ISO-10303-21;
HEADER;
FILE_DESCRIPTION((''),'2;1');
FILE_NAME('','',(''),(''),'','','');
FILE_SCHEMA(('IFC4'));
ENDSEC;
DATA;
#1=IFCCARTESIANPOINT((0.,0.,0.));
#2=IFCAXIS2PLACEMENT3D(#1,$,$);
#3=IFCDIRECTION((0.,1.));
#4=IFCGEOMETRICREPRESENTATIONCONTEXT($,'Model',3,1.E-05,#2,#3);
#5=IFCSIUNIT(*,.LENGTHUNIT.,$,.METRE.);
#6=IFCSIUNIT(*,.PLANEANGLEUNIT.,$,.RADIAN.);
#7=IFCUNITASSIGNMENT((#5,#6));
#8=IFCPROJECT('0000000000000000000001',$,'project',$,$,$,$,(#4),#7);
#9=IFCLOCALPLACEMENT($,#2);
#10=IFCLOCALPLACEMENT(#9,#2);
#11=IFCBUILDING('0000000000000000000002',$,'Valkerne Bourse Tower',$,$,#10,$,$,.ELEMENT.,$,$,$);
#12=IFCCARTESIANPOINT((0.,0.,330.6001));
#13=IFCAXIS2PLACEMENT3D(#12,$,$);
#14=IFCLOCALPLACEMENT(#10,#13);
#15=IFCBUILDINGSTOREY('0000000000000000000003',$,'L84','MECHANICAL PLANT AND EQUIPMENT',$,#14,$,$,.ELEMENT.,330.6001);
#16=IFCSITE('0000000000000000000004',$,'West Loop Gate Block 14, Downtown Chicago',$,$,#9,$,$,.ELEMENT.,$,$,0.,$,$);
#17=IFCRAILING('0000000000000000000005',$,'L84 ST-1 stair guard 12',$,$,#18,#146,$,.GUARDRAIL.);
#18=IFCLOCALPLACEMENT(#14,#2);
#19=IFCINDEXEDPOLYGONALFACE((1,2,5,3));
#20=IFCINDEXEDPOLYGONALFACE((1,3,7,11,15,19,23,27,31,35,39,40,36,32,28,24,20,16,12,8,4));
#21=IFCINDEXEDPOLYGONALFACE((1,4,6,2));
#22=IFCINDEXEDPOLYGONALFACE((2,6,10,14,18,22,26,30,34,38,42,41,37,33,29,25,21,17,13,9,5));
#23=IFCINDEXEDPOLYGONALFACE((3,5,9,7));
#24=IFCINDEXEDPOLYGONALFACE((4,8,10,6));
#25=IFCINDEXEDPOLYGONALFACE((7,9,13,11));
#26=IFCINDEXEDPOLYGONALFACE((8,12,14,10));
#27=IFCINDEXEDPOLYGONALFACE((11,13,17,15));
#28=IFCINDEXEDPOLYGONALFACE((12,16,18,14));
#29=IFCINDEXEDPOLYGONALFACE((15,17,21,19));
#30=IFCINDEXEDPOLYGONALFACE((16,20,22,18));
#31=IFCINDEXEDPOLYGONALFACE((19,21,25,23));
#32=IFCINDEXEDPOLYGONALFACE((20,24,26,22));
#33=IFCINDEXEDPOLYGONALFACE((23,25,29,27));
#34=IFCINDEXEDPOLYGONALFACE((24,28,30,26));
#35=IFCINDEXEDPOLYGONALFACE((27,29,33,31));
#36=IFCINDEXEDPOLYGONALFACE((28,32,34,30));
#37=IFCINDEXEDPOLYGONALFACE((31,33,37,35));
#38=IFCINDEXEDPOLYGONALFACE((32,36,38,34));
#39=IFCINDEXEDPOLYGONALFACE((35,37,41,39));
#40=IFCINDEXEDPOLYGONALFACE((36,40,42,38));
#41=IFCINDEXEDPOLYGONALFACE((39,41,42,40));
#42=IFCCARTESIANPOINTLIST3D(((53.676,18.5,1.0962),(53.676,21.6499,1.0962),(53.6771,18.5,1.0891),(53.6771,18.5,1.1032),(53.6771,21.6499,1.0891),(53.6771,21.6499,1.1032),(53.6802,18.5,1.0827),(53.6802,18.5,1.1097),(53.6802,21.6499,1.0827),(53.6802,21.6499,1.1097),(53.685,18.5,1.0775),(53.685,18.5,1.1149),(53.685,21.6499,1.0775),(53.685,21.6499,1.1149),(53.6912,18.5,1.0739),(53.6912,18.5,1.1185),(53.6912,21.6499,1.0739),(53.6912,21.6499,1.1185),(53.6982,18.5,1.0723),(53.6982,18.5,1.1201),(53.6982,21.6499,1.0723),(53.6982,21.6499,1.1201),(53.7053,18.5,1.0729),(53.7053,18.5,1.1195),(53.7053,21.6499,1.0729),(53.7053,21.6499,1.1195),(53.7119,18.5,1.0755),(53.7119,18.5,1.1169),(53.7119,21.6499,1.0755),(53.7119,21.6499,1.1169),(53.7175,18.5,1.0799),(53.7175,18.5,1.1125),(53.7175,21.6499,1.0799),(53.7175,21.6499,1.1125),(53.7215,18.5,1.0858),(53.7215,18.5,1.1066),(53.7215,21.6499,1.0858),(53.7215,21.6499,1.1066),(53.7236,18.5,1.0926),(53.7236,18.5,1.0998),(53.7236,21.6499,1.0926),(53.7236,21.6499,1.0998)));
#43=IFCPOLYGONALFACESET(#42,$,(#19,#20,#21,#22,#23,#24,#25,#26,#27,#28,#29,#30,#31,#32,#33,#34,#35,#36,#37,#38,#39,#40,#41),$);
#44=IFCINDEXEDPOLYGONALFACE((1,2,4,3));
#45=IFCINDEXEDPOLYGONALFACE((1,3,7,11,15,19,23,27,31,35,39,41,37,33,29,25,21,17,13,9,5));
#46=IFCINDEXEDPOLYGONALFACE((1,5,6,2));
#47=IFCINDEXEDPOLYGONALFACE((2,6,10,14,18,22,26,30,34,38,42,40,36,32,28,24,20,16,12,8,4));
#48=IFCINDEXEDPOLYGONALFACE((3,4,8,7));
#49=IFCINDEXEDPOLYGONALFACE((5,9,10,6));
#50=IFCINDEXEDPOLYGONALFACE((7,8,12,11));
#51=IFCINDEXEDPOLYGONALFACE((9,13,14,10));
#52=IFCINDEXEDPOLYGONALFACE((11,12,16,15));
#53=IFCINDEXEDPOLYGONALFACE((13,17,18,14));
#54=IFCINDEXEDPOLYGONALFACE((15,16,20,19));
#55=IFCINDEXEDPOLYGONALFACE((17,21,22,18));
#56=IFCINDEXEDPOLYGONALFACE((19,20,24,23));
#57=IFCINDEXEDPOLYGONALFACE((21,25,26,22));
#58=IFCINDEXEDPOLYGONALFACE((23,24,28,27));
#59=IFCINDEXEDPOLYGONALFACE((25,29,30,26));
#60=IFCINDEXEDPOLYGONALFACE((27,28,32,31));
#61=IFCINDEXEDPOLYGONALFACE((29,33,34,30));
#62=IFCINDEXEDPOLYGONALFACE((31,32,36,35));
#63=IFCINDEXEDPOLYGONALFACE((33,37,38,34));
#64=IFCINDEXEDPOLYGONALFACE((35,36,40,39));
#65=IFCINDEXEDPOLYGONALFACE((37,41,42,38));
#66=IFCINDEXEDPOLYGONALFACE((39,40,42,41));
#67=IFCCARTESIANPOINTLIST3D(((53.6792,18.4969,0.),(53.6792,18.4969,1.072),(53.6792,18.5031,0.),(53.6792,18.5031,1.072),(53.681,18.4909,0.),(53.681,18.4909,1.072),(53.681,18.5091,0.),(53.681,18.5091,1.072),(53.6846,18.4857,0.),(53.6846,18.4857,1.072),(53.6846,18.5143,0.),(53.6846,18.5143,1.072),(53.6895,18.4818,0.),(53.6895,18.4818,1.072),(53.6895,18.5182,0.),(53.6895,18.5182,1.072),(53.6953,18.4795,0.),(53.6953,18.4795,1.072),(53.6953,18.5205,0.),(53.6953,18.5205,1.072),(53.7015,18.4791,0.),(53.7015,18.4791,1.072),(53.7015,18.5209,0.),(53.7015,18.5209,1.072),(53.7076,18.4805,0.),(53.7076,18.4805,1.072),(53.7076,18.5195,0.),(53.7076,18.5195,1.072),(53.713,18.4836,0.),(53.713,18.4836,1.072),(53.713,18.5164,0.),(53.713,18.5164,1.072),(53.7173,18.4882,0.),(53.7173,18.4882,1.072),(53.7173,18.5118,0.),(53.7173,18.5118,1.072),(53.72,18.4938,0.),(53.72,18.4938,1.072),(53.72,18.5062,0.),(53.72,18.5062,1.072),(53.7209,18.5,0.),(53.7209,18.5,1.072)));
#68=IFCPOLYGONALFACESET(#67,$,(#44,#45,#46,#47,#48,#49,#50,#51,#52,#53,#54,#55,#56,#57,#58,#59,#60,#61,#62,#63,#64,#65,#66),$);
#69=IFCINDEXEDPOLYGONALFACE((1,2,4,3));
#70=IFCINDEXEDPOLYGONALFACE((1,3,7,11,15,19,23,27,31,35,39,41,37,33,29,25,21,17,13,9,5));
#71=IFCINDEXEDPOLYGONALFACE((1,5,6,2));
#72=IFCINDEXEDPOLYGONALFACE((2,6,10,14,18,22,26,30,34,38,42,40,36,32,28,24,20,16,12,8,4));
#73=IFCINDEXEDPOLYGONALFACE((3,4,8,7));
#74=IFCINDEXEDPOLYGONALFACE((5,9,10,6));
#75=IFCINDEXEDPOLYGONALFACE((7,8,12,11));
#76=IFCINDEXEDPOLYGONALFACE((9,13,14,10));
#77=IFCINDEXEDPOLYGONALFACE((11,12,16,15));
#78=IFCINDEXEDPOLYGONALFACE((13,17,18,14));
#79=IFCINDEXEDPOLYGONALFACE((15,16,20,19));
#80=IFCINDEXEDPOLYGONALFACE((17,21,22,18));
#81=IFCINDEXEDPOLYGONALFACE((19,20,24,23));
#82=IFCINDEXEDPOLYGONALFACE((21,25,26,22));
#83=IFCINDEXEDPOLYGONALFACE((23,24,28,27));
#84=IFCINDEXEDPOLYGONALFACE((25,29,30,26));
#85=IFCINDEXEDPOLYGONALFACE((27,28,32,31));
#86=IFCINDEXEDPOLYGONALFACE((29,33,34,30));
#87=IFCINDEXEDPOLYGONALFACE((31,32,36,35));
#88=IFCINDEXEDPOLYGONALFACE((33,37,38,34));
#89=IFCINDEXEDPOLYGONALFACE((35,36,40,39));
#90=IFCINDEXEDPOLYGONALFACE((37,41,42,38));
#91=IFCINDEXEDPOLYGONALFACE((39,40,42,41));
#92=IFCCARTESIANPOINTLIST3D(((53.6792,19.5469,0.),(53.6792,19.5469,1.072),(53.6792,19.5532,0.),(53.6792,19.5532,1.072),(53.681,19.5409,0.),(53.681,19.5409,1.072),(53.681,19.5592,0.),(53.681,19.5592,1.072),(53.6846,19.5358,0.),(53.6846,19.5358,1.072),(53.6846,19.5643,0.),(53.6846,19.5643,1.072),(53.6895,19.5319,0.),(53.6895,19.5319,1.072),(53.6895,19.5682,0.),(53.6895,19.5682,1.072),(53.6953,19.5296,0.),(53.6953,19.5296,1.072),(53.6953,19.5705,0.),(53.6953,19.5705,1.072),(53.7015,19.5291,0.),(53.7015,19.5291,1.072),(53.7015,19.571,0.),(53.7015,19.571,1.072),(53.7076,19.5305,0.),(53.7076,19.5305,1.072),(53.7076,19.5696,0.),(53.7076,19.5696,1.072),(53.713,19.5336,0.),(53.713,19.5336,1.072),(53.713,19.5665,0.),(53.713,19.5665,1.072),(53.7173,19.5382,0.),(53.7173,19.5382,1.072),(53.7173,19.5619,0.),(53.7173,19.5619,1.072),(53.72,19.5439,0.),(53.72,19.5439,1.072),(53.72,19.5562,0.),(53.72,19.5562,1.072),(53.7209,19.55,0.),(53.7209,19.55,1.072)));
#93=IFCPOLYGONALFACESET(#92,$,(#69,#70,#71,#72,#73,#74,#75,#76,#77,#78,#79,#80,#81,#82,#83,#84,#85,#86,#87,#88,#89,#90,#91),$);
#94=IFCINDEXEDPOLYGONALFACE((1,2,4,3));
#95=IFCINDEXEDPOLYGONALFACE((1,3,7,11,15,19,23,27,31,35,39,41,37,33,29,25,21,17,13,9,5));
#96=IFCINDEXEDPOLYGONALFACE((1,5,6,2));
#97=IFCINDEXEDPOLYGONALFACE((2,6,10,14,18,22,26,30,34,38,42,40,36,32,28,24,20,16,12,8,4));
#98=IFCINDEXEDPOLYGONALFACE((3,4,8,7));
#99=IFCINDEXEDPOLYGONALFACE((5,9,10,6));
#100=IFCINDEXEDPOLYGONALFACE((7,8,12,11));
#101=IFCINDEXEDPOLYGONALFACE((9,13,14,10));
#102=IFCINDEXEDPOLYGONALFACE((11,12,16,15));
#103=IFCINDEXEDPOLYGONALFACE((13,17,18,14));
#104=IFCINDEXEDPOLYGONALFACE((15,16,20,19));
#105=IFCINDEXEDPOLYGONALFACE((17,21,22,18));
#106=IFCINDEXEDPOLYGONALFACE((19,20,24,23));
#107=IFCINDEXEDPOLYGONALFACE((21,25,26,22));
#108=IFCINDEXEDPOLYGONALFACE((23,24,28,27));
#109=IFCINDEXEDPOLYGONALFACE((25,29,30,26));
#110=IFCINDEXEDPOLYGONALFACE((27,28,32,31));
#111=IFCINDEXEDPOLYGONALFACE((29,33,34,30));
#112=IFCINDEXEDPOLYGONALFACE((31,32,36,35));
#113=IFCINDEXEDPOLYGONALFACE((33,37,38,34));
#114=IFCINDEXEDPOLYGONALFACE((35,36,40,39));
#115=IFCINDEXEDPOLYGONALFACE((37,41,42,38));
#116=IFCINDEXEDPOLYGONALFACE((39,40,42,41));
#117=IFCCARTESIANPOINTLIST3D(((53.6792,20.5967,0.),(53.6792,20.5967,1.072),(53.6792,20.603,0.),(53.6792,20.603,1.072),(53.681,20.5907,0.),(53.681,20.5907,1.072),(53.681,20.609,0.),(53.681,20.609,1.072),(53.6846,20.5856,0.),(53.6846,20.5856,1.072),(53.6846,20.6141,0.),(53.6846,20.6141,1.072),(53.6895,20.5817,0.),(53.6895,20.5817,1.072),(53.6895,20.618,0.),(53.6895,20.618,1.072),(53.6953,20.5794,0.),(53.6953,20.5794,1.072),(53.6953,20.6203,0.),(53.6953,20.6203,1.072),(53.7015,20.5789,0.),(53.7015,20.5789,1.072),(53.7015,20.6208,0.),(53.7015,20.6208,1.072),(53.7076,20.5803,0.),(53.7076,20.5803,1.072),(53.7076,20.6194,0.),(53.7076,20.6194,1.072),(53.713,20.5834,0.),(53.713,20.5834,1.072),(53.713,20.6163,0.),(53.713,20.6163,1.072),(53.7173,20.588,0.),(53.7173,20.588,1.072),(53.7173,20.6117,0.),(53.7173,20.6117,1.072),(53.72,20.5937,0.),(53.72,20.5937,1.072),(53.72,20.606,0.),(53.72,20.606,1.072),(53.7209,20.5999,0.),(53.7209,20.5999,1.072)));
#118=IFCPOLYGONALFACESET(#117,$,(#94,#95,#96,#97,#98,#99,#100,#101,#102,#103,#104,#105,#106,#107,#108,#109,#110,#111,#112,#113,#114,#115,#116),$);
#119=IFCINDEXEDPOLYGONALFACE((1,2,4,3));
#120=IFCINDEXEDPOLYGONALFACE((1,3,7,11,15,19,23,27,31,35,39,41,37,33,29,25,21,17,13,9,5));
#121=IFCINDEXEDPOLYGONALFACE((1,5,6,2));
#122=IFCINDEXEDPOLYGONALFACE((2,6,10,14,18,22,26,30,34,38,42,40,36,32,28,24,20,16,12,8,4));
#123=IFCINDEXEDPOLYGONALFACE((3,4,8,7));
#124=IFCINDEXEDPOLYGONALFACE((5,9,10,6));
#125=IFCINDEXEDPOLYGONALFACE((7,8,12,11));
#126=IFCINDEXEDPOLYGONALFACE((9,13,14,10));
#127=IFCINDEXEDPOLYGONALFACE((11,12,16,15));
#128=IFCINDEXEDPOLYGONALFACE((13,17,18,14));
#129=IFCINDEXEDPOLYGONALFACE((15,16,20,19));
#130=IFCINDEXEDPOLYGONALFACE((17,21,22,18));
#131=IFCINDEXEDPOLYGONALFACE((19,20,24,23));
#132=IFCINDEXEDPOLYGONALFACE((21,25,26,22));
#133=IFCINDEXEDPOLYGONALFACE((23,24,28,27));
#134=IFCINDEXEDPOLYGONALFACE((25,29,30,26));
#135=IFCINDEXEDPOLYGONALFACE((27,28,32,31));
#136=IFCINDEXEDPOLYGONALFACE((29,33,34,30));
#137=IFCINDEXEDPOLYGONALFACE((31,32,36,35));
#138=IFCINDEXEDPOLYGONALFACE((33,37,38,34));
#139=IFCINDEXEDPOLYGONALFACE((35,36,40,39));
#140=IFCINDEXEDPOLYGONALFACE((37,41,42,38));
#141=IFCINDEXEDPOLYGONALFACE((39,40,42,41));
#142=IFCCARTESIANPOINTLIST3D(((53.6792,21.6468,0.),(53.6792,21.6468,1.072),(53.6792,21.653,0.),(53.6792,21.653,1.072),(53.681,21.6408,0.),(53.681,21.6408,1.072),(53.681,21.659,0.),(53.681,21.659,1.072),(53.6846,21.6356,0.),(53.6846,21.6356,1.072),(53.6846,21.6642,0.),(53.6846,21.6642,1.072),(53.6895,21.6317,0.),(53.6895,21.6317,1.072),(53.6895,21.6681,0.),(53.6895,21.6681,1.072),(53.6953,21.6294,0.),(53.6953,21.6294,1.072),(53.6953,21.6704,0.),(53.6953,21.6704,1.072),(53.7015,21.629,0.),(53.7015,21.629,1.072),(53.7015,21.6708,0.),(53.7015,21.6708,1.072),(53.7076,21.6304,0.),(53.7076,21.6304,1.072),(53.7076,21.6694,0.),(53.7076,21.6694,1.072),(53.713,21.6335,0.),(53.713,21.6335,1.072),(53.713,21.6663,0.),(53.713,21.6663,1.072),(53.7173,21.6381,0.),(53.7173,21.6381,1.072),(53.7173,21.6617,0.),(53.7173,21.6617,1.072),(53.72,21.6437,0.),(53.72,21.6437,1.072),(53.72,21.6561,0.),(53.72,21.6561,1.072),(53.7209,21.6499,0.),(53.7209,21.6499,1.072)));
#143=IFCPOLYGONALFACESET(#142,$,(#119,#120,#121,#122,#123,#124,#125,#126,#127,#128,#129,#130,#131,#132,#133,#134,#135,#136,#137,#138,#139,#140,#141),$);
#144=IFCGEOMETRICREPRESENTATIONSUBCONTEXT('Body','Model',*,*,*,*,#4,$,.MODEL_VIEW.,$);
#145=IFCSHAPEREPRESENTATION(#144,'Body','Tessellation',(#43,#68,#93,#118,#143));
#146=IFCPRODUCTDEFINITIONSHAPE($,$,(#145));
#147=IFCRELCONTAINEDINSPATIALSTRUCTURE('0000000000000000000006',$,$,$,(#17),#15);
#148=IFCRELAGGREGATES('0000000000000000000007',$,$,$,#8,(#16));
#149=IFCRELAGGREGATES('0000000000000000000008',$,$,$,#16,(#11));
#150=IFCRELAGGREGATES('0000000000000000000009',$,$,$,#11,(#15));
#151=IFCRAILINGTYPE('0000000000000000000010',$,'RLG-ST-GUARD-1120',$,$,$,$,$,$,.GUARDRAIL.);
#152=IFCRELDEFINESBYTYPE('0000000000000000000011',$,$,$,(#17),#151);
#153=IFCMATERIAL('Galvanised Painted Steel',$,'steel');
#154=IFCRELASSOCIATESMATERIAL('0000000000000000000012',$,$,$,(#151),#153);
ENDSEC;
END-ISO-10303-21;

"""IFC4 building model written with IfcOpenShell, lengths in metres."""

from ifc_helpers import new_model, si_unit, direction, frame, origin, origin_2d, place, context, subcontext, project, spatial, circle, extrude, material, type_object, element, save


model = new_model("IFC4")

# Units and contexts
model_context = context("Model", 3, precision=1e-05, world=origin(), true_north=direction((0.0, 1.0)))
body_context = subcontext(model_context, "Body", "Model", "MODEL_VIEW")
ifc_project = project(units=[si_unit("LENGTHUNIT", "METRE"), si_unit("PLANEANGLEUNIT", "RADIAN")], contexts=[model_context])

# Site, building, storey
site_placement = place(None, origin())
site = spatial("IfcSite", under=ifc_project, at=site_placement, Name="West Loop Gate Block 14, Downtown Chicago", CompositionType="ELEMENT", RefElevation=0.0)
building_placement = place(site_placement, origin())
building = spatial("IfcBuilding", under=site, at=building_placement, Name="Valkerne Bourse Tower", CompositionType="ELEMENT")
storey_placement = place(building_placement, frame((0.0, 0.0, 330.6001)))
storey = spatial("IfcBuildingStorey", under=building, at=storey_placement, Name="L84", Description="MECHANICAL PLANT AND EQUIPMENT", CompositionType="ELEMENT", Elevation=330.6001)

# Shared definitions
ifc_material_1 = material(Name="Galvanised Painted Steel", Category="steel")

# Railing
railing_type_1 = type_object("IfcRailingType", Name="RLG-ST-GUARD-1120", PredefinedType="GUARDRAIL", material=ifc_material_1)
railing_1_placement = place(storey_placement, frame((53.7, 18.5, 0.0)))
element("IfcRailing", 1, at=railing_1_placement, inside=storey, type_object=railing_type_1, Name="L84 ST-1 stair guard 12", PredefinedType="GUARDRAIL", context=body_context, shape_type="SweptSolid", body=[
    extrude(circle(Radius=0.0239, at=origin_2d()), frame((0.0, 0.0, 1.0962), z_axis=(0.0, 1.0, 0.0), x_axis=(-1.0, 0.0, 0.0)), (0.0, 0.0, 1.0), 3.1499),
    extrude(circle(Radius=0.021, at=origin_2d()), origin(), (0.0, 0.0, 1.0), 1.072),
    extrude(circle(Radius=0.021, at=origin_2d()), frame((0.0, 1.05, 0.0)), (0.0, 0.0, 1.0), 1.072),
    extrude(circle(Radius=0.021, at=origin_2d()), frame((0.0, 2.0999, 0.0)), (0.0, 0.0, 1.0), 1.072),
    extrude(circle(Radius=0.021, at=origin_2d()), frame((0.0, 3.1499, 0.0)), (0.0, 0.0, 1.0), 1.072),
])

save(model, "model.ifc")
